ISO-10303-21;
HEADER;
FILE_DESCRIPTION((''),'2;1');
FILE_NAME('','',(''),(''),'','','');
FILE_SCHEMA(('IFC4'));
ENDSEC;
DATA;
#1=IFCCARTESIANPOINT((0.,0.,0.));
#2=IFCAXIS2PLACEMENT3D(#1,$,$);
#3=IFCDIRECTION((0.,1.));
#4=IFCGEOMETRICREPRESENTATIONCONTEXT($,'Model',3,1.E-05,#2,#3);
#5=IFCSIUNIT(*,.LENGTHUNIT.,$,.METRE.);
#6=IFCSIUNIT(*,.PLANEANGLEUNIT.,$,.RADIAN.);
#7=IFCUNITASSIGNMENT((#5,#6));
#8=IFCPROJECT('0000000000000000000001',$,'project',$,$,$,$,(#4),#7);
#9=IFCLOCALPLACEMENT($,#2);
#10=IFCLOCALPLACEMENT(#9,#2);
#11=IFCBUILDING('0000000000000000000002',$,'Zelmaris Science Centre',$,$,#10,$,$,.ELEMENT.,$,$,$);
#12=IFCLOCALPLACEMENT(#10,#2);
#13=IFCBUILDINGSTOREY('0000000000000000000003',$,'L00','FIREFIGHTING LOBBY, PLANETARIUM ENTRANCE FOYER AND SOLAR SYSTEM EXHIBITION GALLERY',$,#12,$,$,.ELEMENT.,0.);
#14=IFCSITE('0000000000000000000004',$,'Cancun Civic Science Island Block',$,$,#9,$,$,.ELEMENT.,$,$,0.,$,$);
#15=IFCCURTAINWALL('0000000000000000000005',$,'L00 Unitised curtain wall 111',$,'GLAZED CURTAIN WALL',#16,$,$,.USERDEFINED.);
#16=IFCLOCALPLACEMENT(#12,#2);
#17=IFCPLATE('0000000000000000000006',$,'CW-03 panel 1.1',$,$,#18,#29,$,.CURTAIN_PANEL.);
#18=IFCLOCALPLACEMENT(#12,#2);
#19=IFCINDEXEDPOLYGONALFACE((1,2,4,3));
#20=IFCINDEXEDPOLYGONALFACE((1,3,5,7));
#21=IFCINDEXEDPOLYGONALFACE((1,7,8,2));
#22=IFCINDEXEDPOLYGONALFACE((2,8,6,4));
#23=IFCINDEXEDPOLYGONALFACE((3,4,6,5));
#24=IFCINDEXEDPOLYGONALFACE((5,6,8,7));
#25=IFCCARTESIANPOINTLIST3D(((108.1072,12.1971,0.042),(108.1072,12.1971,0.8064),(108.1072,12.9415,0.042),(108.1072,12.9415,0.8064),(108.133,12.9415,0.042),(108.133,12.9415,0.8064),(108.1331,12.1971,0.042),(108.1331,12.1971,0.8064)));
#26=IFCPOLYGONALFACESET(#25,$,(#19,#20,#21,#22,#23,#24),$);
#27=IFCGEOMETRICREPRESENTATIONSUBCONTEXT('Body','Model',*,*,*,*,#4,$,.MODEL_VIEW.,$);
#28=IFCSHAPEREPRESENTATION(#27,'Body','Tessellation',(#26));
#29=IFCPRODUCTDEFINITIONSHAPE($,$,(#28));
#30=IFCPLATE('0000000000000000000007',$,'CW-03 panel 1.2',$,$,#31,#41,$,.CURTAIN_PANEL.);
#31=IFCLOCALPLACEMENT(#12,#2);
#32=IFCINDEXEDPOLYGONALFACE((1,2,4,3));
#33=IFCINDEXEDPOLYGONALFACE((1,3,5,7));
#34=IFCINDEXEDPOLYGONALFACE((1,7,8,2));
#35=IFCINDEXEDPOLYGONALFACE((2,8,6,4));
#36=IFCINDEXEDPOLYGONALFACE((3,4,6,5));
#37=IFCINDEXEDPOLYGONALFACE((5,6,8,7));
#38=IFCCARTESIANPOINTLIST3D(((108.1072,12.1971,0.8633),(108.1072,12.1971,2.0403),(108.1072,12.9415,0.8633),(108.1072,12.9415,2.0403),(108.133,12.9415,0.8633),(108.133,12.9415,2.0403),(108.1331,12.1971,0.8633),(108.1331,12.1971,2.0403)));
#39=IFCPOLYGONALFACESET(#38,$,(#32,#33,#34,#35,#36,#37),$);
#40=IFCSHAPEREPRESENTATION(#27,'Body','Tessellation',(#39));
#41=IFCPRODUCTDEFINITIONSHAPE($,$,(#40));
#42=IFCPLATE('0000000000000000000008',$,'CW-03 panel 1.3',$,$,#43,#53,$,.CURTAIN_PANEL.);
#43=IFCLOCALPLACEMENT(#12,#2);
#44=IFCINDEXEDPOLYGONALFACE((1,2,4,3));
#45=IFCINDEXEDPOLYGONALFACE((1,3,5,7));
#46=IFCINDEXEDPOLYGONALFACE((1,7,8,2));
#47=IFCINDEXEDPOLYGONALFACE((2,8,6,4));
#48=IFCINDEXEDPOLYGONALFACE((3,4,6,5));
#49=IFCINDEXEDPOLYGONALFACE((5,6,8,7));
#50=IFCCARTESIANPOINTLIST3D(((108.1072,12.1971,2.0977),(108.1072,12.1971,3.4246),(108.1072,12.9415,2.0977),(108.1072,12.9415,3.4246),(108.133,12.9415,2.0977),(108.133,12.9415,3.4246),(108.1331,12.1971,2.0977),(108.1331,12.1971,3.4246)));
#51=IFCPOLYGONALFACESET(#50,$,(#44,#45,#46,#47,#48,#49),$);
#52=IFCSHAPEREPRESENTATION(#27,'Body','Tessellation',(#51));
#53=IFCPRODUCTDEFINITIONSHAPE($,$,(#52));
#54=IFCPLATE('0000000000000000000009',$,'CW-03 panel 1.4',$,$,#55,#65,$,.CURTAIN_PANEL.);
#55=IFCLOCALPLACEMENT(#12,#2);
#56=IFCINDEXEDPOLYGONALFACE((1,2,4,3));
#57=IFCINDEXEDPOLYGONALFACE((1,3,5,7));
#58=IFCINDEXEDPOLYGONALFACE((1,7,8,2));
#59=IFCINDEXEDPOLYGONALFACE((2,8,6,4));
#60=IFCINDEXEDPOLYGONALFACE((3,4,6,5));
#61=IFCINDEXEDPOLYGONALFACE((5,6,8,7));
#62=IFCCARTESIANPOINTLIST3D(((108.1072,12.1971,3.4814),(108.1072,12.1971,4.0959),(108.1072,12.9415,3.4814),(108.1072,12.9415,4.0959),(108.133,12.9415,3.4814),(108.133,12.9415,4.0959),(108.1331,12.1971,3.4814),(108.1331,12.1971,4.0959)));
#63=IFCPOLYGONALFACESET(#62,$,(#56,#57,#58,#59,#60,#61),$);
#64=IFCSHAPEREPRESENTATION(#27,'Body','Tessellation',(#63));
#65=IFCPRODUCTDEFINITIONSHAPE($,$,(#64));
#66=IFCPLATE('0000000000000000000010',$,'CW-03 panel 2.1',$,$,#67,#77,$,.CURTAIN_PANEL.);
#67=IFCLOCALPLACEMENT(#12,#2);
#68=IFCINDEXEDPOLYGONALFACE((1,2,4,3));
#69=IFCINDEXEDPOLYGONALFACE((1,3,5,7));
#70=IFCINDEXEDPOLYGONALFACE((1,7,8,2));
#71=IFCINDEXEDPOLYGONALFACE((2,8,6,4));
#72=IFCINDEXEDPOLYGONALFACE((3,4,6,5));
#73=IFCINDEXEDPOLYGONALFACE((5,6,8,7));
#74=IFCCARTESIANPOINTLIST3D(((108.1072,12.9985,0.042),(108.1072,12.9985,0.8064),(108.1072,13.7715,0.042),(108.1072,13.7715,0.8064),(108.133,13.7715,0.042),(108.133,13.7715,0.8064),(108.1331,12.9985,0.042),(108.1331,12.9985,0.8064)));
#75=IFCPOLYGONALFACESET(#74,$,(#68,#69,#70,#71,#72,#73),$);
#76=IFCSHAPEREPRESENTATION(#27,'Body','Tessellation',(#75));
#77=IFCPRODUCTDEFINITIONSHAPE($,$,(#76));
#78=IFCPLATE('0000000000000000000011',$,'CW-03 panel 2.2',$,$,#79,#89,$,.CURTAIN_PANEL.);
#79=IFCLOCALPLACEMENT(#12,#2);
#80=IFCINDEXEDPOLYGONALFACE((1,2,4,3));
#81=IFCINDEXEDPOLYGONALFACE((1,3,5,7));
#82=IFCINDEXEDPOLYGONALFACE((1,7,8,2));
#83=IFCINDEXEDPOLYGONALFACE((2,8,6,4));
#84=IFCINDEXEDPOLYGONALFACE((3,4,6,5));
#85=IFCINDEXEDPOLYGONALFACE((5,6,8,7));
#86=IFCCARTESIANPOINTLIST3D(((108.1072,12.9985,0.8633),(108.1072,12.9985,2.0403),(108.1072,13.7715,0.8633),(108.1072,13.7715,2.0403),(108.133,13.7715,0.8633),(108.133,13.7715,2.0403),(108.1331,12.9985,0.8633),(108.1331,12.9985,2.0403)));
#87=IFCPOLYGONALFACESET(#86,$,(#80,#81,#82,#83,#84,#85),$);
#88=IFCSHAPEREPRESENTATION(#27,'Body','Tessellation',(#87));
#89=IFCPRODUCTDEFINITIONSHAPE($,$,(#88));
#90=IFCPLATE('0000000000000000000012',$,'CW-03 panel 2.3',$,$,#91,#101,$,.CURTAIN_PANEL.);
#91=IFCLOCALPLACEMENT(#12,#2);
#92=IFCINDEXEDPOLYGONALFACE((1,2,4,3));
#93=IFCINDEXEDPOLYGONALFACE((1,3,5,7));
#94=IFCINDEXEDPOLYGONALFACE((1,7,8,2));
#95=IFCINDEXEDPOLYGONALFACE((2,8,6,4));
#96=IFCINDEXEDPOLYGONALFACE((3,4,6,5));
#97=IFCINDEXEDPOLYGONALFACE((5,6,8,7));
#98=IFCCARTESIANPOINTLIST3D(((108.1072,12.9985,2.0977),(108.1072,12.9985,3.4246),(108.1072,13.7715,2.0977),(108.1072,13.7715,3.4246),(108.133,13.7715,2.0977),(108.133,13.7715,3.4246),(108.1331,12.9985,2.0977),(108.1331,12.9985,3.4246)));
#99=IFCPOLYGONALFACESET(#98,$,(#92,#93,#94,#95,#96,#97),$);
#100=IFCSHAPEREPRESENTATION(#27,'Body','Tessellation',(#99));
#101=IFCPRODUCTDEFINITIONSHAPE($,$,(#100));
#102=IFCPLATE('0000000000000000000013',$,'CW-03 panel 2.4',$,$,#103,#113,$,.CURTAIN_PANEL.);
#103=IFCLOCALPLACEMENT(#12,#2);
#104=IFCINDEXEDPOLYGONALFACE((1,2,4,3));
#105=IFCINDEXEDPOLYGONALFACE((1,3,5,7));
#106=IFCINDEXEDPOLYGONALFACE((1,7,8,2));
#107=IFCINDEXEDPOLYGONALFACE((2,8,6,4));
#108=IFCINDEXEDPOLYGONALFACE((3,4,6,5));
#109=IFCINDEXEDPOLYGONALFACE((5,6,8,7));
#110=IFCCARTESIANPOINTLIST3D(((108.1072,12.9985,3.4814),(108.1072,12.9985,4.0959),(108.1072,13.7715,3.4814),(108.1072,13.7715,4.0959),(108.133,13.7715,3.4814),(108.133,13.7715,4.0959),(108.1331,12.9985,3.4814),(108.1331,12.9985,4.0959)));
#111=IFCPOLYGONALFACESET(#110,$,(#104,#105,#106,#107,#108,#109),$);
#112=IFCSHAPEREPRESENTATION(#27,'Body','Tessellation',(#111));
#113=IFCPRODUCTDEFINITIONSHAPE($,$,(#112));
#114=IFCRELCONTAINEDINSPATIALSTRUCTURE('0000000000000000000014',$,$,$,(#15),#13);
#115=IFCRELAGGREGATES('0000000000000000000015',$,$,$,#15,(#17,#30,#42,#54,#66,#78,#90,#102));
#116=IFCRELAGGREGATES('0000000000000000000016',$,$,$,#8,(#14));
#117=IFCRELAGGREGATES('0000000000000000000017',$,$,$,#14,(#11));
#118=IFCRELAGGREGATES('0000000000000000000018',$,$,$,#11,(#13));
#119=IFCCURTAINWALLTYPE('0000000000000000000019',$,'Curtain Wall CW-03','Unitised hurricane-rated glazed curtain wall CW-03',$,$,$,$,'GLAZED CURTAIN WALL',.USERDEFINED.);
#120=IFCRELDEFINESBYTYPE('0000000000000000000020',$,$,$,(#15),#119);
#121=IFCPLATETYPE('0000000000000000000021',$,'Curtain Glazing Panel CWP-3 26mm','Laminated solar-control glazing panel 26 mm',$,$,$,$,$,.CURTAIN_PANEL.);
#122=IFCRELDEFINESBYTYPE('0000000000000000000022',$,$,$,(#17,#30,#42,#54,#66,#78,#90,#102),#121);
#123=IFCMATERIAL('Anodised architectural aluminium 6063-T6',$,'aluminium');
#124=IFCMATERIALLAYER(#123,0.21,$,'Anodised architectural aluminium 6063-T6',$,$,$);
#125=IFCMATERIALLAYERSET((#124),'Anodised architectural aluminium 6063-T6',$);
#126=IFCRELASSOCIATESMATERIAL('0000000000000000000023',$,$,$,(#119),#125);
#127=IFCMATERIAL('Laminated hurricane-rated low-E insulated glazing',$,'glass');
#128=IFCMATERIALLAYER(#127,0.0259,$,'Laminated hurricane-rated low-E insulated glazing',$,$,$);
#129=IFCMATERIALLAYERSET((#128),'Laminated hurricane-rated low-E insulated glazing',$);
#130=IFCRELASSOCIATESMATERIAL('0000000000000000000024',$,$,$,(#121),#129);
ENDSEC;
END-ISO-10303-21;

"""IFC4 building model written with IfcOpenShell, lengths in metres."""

from ifc_helpers import new_model, si_unit, direction, frame, origin, origin_2d, place, context, subcontext, project, spatial, rectangle, extrude, material, layer, layer_set, type_object, element, aggregate, save


model = new_model("IFC4")

# Units and contexts
model_context = context("Model", 3, precision=1e-05, world=origin(), true_north=direction((0.0, 1.0)))
body_context = subcontext(model_context, "Body", "Model", "MODEL_VIEW")
ifc_project = project(units=[si_unit("LENGTHUNIT", "METRE"), si_unit("PLANEANGLEUNIT", "RADIAN")], contexts=[model_context])

# Site, building, storey
site_placement = place(None, origin())
site = spatial("IfcSite", under=ifc_project, at=site_placement, Name="Cancun Civic Science Island Block", CompositionType="ELEMENT", RefElevation=0.0)
building_placement = place(site_placement, origin())
building = spatial("IfcBuilding", under=site, at=building_placement, Name="Zelmaris Science Centre", CompositionType="ELEMENT")
storey_placement = place(building_placement, origin())
storey = spatial("IfcBuildingStorey", under=building, at=storey_placement, Name="L00", Description="FIREFIGHTING LOBBY, PLANETARIUM ENTRANCE FOYER AND SOLAR SYSTEM EXHIBITION GALLERY", CompositionType="ELEMENT", Elevation=0.0)

# Curtain wall
ifc_material_1 = material(Name="Anodised architectural aluminium 6063-T6", Category="aluminium")
ifc_layer_1 = layer(ifc_material_1, 0.21, Name="Anodised architectural aluminium 6063-T6")
ifc_layer_set_1 = layer_set([ifc_layer_1], Name="Anodised architectural aluminium 6063-T6")
curtain_wall_type_1 = type_object("IfcCurtainWallType", Name="Curtain Wall CW-03", Description="Unitised hurricane-rated glazed curtain wall CW-03", ElementType="GLAZED CURTAIN WALL", PredefinedType="USERDEFINED", material=ifc_layer_set_1)
curtain_wall_1_placement = place(storey_placement, origin())
curtain_wall_1 = element("IfcCurtainWall", 1, at=curtain_wall_1_placement, inside=storey, type_object=curtain_wall_type_1, Name="L00 Unitised curtain wall 111", ObjectType="GLAZED CURTAIN WALL", PredefinedType="USERDEFINED")

# Plates
ifc_material_2 = material(Name="Laminated hurricane-rated low-E insulated glazing", Category="glass")
ifc_layer_2 = layer(ifc_material_2, 0.0259, Name="Laminated hurricane-rated low-E insulated glazing")
ifc_layer_set_2 = layer_set([ifc_layer_2], Name="Laminated hurricane-rated low-E insulated glazing")
plate_type_1 = type_object("IfcPlateType", Name="Curtain Glazing Panel CWP-3 26mm", Description="Laminated solar-control glazing panel 26 mm", PredefinedType="CURTAIN_PANEL", material=ifc_layer_set_2)
plate_1_placement = place(storey_placement, frame((108.1201, 12.5693, 0.042), z_axis=(0.0, 0.0, 1.0), x_axis=(-0.00003, 1.0, 0.0)))
plate_1 = element("IfcPlate", 2, at=plate_1_placement, type_object=plate_type_1, Name="CW-03 panel 1.1", PredefinedType="CURTAIN_PANEL", context=body_context, shape_type="SweptSolid", body=[
    extrude(rectangle(XDim=0.7444, YDim=0.0259, at=origin_2d()), origin(), (0.0, 0.0, 1.0), 0.7644),
])
plate_2_placement = place(storey_placement, frame((108.1201, 12.5693, 0.8633), z_axis=(0.0, 0.0, 1.0), x_axis=(-0.00003, 1.0, 0.0)))
plate_2 = element("IfcPlate", 3, at=plate_2_placement, type_object=plate_type_1, Name="CW-03 panel 1.2", PredefinedType="CURTAIN_PANEL", context=body_context, shape_type="SweptSolid", body=[
    extrude(rectangle(XDim=0.7444, YDim=0.0259, at=origin_2d()), origin(), (0.0, 0.0, 1.0), 1.177),
])
plate_3_placement = place(storey_placement, frame((108.1201, 12.5693, 2.0977), z_axis=(0.0, 0.0, 1.0), x_axis=(-0.00003, 1.0, 0.0)))
plate_3 = element("IfcPlate", 4, at=plate_3_placement, type_object=plate_type_1, Name="CW-03 panel 1.3", PredefinedType="CURTAIN_PANEL", context=body_context, shape_type="SweptSolid", body=[
    extrude(rectangle(XDim=0.7444, YDim=0.0259, at=origin_2d()), origin(), (0.0, 0.0, 1.0), 1.3269),
])
plate_4_placement = place(storey_placement, frame((108.1201, 12.5693, 3.4814), z_axis=(0.0, 0.0, 1.0), x_axis=(-0.00003, 1.0, 0.0)))
plate_4 = element("IfcPlate", 5, at=plate_4_placement, type_object=plate_type_1, Name="CW-03 panel 1.4", PredefinedType="CURTAIN_PANEL", context=body_context, shape_type="SweptSolid", body=[
    extrude(rectangle(XDim=0.7444, YDim=0.0259, at=origin_2d()), origin(), (0.0, 0.0, 1.0), 0.6145),
])
plate_5_placement = place(storey_placement, frame((108.1201, 13.385, 0.042), z_axis=(0.0, 0.0, 1.0), x_axis=(-0.00003, 1.0, 0.0)))
plate_5 = element("IfcPlate", 6, at=plate_5_placement, type_object=plate_type_1, Name="CW-03 panel 2.1", PredefinedType="CURTAIN_PANEL", context=body_context, shape_type="SweptSolid", body=[
    extrude(rectangle(XDim=0.7729, YDim=0.0259, at=origin_2d()), origin(), (0.0, 0.0, 1.0), 0.7644),
])
plate_6_placement = place(storey_placement, frame((108.1201, 13.385, 0.8633), z_axis=(0.0, 0.0, 1.0), x_axis=(-0.00003, 1.0, 0.0)))
plate_6 = element("IfcPlate", 7, at=plate_6_placement, type_object=plate_type_1, Name="CW-03 panel 2.2", PredefinedType="CURTAIN_PANEL", context=body_context, shape_type="SweptSolid", body=[
    extrude(rectangle(XDim=0.7729, YDim=0.0259, at=origin_2d()), origin(), (0.0, 0.0, 1.0), 1.177),
])
plate_7_placement = place(storey_placement, frame((108.1201, 13.385, 2.0977), z_axis=(0.0, 0.0, 1.0), x_axis=(-0.00003, 1.0, 0.0)))
plate_7 = element("IfcPlate", 8, at=plate_7_placement, type_object=plate_type_1, Name="CW-03 panel 2.3", PredefinedType="CURTAIN_PANEL", context=body_context, shape_type="SweptSolid", body=[
    extrude(rectangle(XDim=0.7729, YDim=0.0259, at=origin_2d()), origin(), (0.0, 0.0, 1.0), 1.3269),
])
plate_8_placement = place(storey_placement, frame((108.1201, 13.385, 3.4814), z_axis=(0.0, 0.0, 1.0), x_axis=(-0.00003, 1.0, 0.0)))
plate_8 = element("IfcPlate", 9, at=plate_8_placement, type_object=plate_type_1, Name="CW-03 panel 2.4", PredefinedType="CURTAIN_PANEL", context=body_context, shape_type="SweptSolid", body=[
    extrude(rectangle(XDim=0.7729, YDim=0.0259, at=origin_2d()), origin(), (0.0, 0.0, 1.0), 0.6145),
])
aggregate(curtain_wall_1, [plate_1, plate_2, plate_3, plate_4, plate_5, plate_6, plate_7, plate_8])

save(model, "model.ifc")
